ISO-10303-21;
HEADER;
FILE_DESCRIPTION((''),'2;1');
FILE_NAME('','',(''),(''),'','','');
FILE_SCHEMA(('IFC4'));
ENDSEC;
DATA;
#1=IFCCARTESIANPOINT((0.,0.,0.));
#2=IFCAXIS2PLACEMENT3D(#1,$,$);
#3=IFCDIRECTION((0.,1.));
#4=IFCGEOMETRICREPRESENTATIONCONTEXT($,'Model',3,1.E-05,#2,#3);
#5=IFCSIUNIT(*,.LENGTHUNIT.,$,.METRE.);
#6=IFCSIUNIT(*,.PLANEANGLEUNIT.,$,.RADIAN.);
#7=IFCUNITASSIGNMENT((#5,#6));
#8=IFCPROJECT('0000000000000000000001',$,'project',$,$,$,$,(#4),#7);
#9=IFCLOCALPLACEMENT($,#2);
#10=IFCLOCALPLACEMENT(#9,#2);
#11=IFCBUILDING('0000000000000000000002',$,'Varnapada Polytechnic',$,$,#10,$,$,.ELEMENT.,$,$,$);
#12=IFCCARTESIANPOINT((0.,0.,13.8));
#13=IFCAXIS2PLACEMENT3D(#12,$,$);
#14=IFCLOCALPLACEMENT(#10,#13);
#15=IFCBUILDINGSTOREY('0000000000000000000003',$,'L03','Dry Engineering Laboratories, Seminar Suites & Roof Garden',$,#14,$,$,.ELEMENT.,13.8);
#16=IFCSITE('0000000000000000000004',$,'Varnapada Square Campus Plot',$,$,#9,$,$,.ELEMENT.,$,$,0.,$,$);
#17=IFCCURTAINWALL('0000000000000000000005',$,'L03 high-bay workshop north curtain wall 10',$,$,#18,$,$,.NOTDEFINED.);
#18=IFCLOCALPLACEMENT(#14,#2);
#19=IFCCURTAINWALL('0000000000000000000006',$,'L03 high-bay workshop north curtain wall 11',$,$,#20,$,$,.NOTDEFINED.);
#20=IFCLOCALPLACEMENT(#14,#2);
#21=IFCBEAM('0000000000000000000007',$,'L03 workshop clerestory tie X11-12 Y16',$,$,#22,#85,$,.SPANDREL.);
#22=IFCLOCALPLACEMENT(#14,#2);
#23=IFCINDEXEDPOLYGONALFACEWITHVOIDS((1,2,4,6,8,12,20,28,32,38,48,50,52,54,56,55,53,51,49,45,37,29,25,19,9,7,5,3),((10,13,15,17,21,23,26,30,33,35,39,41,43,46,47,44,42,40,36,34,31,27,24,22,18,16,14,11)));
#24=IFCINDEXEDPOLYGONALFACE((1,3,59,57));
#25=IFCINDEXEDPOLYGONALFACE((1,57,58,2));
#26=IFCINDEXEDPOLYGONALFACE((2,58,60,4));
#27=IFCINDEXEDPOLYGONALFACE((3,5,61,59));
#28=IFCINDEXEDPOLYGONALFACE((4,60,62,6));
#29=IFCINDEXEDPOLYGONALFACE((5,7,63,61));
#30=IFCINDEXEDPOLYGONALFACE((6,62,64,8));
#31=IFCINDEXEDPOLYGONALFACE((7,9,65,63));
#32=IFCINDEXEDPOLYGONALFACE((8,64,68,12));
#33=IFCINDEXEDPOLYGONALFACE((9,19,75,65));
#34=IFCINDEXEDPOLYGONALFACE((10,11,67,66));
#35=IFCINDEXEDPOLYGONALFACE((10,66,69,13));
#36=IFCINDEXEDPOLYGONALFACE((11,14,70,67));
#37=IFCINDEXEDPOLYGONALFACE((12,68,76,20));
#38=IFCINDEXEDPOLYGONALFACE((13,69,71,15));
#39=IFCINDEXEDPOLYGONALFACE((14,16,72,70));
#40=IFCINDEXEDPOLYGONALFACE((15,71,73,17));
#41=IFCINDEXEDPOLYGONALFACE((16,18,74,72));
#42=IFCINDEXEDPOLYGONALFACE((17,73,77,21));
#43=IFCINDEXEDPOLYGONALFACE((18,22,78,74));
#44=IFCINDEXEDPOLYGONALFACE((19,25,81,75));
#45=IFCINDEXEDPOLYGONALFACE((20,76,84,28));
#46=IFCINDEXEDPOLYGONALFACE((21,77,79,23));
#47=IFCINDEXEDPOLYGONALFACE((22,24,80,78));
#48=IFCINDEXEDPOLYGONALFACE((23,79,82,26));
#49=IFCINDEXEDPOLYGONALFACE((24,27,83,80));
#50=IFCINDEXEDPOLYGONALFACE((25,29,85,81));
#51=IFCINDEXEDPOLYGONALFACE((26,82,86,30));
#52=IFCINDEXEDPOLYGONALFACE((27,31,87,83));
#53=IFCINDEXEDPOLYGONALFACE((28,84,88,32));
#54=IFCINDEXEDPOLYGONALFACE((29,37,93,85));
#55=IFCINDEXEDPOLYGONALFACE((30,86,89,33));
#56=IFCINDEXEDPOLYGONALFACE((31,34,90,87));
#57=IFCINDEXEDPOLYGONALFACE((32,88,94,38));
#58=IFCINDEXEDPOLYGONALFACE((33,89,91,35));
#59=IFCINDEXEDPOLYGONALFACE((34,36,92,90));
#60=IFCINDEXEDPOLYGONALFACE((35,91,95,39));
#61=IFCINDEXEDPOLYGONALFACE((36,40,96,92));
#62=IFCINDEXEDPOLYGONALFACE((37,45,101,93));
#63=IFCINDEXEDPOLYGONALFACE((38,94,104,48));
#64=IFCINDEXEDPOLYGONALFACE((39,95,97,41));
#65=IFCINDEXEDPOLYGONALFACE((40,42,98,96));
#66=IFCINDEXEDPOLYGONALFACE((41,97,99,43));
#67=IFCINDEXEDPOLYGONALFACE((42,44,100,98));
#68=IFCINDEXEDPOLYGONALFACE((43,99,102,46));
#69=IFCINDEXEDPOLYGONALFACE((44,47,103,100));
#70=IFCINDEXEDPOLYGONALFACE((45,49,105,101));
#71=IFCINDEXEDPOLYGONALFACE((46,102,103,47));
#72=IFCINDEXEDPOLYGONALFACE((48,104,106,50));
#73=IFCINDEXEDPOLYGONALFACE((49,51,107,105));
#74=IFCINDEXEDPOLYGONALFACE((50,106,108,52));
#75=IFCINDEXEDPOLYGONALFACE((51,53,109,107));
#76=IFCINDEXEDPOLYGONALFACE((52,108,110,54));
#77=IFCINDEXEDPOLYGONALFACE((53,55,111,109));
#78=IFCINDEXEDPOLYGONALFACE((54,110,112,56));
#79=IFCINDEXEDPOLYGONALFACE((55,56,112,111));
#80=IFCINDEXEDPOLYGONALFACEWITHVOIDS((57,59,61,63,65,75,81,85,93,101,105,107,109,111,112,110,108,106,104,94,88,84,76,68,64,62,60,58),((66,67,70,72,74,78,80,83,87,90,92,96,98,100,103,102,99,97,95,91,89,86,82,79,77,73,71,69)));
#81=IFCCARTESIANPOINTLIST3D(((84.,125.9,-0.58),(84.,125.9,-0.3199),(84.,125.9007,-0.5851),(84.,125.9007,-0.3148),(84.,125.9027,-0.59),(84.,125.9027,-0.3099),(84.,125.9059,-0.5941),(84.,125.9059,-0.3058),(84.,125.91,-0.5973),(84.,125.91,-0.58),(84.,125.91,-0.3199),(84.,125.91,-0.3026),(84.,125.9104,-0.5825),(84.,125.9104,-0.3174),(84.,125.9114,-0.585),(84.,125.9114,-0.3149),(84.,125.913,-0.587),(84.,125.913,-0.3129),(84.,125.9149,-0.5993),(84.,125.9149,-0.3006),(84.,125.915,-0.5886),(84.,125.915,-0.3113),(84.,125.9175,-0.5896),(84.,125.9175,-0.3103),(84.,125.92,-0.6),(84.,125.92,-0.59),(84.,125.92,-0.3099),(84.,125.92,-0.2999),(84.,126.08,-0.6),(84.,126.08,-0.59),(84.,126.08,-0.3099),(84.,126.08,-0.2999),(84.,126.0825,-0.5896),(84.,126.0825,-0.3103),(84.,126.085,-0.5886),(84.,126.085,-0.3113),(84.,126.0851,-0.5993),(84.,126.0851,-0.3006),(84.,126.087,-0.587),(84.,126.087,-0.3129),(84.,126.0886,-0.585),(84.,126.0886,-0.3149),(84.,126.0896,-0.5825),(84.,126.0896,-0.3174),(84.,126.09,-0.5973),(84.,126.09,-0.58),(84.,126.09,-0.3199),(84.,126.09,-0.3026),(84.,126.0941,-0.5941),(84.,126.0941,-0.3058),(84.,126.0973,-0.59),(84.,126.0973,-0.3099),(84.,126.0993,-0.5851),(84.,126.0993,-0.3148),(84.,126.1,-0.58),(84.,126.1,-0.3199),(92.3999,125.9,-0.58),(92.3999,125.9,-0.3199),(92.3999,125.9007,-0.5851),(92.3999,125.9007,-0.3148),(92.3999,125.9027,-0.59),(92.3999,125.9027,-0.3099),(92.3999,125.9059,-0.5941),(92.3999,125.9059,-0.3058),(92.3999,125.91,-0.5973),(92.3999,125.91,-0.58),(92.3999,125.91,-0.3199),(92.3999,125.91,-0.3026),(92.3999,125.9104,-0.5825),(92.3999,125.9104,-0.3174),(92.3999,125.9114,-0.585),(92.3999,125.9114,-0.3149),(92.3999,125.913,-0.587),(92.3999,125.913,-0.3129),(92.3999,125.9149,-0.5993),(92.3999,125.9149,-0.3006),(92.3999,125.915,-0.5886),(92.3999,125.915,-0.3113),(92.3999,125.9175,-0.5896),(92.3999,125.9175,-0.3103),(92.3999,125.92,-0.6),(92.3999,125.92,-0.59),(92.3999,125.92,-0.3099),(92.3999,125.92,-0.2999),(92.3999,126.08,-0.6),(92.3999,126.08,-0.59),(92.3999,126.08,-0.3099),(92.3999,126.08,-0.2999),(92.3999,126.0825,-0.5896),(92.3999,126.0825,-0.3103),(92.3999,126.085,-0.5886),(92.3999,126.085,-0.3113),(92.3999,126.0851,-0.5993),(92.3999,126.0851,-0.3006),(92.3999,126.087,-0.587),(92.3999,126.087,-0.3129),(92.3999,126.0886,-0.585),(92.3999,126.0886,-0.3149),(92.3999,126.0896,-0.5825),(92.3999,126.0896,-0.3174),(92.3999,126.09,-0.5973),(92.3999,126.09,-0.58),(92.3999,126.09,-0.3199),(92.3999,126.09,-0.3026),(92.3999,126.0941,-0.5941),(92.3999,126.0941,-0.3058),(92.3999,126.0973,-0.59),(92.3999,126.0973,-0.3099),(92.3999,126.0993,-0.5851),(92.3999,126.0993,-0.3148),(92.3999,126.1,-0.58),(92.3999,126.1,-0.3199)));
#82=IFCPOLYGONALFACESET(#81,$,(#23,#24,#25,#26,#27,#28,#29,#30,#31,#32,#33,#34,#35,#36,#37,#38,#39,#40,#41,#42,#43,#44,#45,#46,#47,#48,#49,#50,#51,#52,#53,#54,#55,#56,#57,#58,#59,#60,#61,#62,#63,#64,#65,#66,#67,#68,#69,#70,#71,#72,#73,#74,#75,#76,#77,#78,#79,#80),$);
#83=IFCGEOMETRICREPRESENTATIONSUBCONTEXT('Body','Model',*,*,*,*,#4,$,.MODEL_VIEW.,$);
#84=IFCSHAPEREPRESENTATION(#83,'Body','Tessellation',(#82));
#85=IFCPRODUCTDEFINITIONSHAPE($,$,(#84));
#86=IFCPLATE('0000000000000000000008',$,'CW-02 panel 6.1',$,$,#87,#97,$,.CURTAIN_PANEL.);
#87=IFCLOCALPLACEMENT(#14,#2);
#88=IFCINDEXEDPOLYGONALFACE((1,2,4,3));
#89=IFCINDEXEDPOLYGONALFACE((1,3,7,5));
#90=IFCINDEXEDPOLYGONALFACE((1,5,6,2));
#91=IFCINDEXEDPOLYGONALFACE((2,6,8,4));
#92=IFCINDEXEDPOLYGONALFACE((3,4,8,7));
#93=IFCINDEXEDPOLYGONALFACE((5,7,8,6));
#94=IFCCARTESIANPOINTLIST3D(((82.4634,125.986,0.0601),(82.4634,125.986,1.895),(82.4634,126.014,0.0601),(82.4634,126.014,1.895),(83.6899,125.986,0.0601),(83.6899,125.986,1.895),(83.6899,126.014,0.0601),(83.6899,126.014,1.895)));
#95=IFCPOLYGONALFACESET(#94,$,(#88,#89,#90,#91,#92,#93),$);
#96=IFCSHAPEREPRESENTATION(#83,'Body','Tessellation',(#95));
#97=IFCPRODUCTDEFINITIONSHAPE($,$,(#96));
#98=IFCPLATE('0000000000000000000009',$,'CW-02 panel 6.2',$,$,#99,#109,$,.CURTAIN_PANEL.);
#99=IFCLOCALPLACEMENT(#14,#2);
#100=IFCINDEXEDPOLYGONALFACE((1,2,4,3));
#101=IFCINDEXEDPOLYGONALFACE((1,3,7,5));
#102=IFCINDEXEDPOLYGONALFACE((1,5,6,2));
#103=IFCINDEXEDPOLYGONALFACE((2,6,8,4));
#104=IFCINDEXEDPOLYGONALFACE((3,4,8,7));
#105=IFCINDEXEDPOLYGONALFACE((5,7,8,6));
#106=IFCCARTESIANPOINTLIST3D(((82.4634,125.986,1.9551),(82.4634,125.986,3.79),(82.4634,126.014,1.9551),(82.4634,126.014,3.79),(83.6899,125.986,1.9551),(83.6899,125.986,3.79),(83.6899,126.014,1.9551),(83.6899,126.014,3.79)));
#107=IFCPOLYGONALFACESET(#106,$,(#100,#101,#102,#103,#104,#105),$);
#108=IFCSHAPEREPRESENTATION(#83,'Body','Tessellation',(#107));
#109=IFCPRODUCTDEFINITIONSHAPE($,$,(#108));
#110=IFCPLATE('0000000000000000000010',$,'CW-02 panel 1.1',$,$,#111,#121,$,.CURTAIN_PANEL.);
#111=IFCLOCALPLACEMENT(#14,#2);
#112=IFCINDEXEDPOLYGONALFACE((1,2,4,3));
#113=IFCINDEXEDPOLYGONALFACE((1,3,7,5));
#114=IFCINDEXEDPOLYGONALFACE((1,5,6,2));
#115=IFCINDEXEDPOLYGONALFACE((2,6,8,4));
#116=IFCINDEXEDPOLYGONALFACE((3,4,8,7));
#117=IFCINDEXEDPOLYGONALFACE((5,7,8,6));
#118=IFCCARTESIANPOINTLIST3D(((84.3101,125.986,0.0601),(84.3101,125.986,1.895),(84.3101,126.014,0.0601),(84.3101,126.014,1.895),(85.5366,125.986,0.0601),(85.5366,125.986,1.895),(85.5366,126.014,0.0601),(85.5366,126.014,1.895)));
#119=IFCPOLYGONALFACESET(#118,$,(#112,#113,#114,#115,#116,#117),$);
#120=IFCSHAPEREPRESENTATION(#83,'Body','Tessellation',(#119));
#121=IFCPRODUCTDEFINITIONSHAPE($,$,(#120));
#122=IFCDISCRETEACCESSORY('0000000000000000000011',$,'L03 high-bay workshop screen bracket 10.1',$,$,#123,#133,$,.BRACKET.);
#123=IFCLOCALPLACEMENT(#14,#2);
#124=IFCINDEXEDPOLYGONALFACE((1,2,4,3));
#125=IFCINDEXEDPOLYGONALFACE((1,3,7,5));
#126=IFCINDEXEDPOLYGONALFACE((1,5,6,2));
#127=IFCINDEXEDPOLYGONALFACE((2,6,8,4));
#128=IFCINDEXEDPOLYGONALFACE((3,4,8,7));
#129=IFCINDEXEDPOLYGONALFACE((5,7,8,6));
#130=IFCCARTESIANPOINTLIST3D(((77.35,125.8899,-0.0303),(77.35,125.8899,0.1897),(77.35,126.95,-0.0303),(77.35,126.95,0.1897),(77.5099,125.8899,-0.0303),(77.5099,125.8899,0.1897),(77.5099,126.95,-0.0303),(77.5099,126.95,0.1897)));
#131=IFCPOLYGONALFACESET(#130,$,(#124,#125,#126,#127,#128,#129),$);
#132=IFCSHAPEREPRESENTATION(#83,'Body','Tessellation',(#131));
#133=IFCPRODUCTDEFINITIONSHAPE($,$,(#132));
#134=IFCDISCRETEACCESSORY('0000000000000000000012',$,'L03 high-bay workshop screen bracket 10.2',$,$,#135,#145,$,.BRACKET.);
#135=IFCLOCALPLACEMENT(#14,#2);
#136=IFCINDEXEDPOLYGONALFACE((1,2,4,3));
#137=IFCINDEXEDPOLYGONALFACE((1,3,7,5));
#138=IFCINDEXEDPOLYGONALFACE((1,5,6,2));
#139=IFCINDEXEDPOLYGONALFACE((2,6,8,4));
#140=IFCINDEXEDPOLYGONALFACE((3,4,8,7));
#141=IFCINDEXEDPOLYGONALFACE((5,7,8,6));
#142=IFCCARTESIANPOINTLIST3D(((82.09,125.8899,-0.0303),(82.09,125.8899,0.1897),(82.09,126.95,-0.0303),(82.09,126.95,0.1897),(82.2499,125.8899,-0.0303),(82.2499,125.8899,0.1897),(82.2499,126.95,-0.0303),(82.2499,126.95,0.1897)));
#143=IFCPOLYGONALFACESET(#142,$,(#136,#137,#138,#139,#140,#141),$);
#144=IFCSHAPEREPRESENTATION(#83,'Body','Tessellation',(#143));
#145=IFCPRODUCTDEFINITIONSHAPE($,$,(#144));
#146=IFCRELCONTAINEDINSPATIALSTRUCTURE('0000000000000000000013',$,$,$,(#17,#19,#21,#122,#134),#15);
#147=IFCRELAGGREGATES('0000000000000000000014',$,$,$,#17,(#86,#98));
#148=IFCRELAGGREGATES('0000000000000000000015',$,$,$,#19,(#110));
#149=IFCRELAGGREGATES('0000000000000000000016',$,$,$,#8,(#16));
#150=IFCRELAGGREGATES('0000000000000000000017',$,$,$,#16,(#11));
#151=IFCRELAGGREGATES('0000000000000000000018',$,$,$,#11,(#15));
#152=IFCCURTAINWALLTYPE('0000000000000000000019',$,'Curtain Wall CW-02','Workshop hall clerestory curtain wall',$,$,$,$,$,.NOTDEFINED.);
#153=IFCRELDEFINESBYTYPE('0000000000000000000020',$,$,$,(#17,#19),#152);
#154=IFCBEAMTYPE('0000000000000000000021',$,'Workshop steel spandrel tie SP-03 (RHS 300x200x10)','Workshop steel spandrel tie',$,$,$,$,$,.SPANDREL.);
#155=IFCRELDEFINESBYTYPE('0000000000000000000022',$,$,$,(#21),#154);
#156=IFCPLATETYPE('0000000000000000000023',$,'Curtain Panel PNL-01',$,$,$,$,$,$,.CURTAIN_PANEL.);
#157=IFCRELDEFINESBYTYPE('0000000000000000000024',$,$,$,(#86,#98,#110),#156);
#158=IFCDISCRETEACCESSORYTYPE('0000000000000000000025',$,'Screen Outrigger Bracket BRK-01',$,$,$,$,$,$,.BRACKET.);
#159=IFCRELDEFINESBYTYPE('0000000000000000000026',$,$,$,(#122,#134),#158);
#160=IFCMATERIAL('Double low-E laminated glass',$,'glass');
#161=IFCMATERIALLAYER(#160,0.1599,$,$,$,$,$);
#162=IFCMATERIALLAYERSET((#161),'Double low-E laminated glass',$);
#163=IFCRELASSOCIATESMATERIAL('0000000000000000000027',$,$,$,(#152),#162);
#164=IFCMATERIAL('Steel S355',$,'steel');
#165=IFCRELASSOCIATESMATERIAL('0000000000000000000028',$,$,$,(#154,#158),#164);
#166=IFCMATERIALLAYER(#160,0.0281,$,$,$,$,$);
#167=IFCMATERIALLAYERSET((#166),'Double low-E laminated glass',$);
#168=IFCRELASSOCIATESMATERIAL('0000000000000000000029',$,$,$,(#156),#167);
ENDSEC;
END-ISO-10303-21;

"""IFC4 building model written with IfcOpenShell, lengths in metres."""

from ifc_helpers import new_model, si_unit, direction, frame, origin, origin_2d, place, context, subcontext, project, spatial, rectangle, hollow_rectangle, extrude, material, layer, layer_set, material_profile, profile_set, type_object, element, aggregate, save


model = new_model("IFC4")

# Units and contexts
model_context = context("Model", 3, precision=1e-05, world=origin(), true_north=direction((0.0, 1.0)))
body_context = subcontext(model_context, "Body", "Model", "MODEL_VIEW")
ifc_project = project(units=[si_unit("LENGTHUNIT", "METRE"), si_unit("PLANEANGLEUNIT", "RADIAN")], contexts=[model_context])

# Site, building, storey
site_placement = place(None, origin())
site = spatial("IfcSite", under=ifc_project, at=site_placement, Name="Varnapada Square Campus Plot", CompositionType="ELEMENT", RefElevation=0.0)
building_placement = place(site_placement, origin())
building = spatial("IfcBuilding", under=site, at=building_placement, Name="Varnapada Polytechnic", CompositionType="ELEMENT")
storey_placement = place(building_placement, frame((0.0, 0.0, 13.8)))
storey = spatial("IfcBuildingStorey", under=building, at=storey_placement, Name="L03", Description="Dry Engineering Laboratories, Seminar Suites & Roof Garden", CompositionType="ELEMENT", Elevation=13.8)

# Shared definitions
ifc_material_1 = material(Name="Steel S355", Category="steel")

# Curtain walls
ifc_material_2 = material(Name="Double low-E laminated glass", Category="glass")
ifc_layer_1 = layer(ifc_material_2, 0.1599)
ifc_layer_set_1 = layer_set([ifc_layer_1], Name="Double low-E laminated glass")
curtain_wall_type = type_object("IfcCurtainWallType", Name="Curtain Wall CW-02", Description="Workshop hall clerestory curtain wall", PredefinedType="NOTDEFINED", material=ifc_layer_set_1)
curtain_wall_1_placement = place(storey_placement, origin())
curtain_wall_1 = element("IfcCurtainWall", 1, at=curtain_wall_1_placement, inside=storey, type_object=curtain_wall_type, Name="L03 high-bay workshop north curtain wall 10", PredefinedType="NOTDEFINED")
curtain_wall_2_placement = place(storey_placement, origin())
curtain_wall_2 = element("IfcCurtainWall", 2, at=curtain_wall_2_placement, inside=storey, type_object=curtain_wall_type, Name="L03 high-bay workshop north curtain wall 11", PredefinedType="NOTDEFINED")

# Beam
ifc_material_profile_1 = material_profile(ifc_material_1, hollow_rectangle(XDim=0.2, YDim=0.3, WallThickness=0.01, InnerFilletRadius=0.01, OuterFilletRadius=0.02, at=origin_2d()), Name="RHS 300x200x10")
ifc_profile_set_1 = profile_set([ifc_material_profile_1], Name="Steel S355")
beam_type = type_object("IfcBeamType", Name="Workshop steel spandrel tie SP-03 (RHS 300x200x10)", Description="Workshop steel spandrel tie", PredefinedType="SPANDREL", material=ifc_profile_set_1)
beam_placement = place(storey_placement, frame((84.0, 126.0, -0.45), z_axis=(1.0, 0.0, 0.0), x_axis=(0.0, 1.0, 0.0)))
element("IfcBeam", 3, at=beam_placement, inside=storey, type_object=beam_type, Name="L03 workshop clerestory tie X11-12 Y16", PredefinedType="SPANDREL", context=body_context, shape_type="SweptSolid", body=[
    extrude(hollow_rectangle(XDim=0.2, YDim=0.3, WallThickness=0.01, InnerFilletRadius=0.01, OuterFilletRadius=0.02, at=origin_2d()), origin(), (0.0, 0.0, 1.0), 8.3999),
])

# Plates
ifc_layer_2 = layer(ifc_material_2, 0.0281)
ifc_layer_set_2 = layer_set([ifc_layer_2], Name="Double low-E laminated glass")
plate_type = type_object("IfcPlateType", Name="Curtain Panel PNL-01", PredefinedType="CURTAIN_PANEL", material=ifc_layer_set_2)
plate_1_placement = place(storey_placement, frame((83.0767, 126.0, 0.0601), z_axis=(0.0, 0.0, 1.0), x_axis=(1.0, 0.0, 0.0)))
plate_1 = element("IfcPlate", 4, at=plate_1_placement, type_object=plate_type, Name="CW-02 panel 6.1", PredefinedType="CURTAIN_PANEL", context=body_context, shape_type="SweptSolid", body=[
    extrude(rectangle(XDim=1.2266, YDim=0.0281, at=origin_2d()), origin(), (0.0, 0.0, 1.0), 1.835),
])
plate_2_placement = place(storey_placement, frame((83.0767, 126.0, 1.9551), z_axis=(0.0, 0.0, 1.0), x_axis=(1.0, 0.0, 0.0)))
plate_2 = element("IfcPlate", 5, at=plate_2_placement, type_object=plate_type, Name="CW-02 panel 6.2", PredefinedType="CURTAIN_PANEL", context=body_context, shape_type="SweptSolid", body=[
    extrude(rectangle(XDim=1.2266, YDim=0.0281, at=origin_2d()), origin(), (0.0, 0.0, 1.0), 1.835),
])
aggregate(curtain_wall_1, [plate_1, plate_2])
plate_3_placement = place(storey_placement, frame((84.9233, 126.0, 0.0601), z_axis=(0.0, 0.0, 1.0), x_axis=(1.0, 0.0, 0.0)))
plate_3 = element("IfcPlate", 6, at=plate_3_placement, type_object=plate_type, Name="CW-02 panel 1.1", PredefinedType="CURTAIN_PANEL", context=body_context, shape_type="SweptSolid", body=[
    extrude(rectangle(XDim=1.2266, YDim=0.0281, at=origin_2d()), origin(), (0.0, 0.0, 1.0), 1.835),
])
aggregate(curtain_wall_2, [plate_3])

# Discrete accessories
discrete_accessory_type = type_object("IfcDiscreteAccessoryType", Name="Screen Outrigger Bracket BRK-01", PredefinedType="BRACKET", material=ifc_material_1)
for number, where, z_axis, x_axis, name in (
    (7, (77.4299, 126.4199, -0.0303), (0.0, 0.0, 1.0), (1.0, 0.0, 0.0), "L03 high-bay workshop screen bracket 10.1"),
    (8, (82.1699, 126.4199, -0.0303), (0.0, 0.0, 1.0), (1.0, 0.0, 0.0), "L03 high-bay workshop screen bracket 10.2"),
):
    element("IfcDiscreteAccessory", number, at=place(storey_placement, frame(where, z_axis=z_axis, x_axis=x_axis)), inside=storey, type_object=discrete_accessory_type, Name=name, PredefinedType="BRACKET", context=body_context, shape_type="SweptSolid", body=[
        extrude(rectangle(XDim=0.1599, YDim=1.0601, at=origin_2d()), origin(), (0.0, 0.0, 1.0), 0.22),
    ])

save(model, "model.ifc")
